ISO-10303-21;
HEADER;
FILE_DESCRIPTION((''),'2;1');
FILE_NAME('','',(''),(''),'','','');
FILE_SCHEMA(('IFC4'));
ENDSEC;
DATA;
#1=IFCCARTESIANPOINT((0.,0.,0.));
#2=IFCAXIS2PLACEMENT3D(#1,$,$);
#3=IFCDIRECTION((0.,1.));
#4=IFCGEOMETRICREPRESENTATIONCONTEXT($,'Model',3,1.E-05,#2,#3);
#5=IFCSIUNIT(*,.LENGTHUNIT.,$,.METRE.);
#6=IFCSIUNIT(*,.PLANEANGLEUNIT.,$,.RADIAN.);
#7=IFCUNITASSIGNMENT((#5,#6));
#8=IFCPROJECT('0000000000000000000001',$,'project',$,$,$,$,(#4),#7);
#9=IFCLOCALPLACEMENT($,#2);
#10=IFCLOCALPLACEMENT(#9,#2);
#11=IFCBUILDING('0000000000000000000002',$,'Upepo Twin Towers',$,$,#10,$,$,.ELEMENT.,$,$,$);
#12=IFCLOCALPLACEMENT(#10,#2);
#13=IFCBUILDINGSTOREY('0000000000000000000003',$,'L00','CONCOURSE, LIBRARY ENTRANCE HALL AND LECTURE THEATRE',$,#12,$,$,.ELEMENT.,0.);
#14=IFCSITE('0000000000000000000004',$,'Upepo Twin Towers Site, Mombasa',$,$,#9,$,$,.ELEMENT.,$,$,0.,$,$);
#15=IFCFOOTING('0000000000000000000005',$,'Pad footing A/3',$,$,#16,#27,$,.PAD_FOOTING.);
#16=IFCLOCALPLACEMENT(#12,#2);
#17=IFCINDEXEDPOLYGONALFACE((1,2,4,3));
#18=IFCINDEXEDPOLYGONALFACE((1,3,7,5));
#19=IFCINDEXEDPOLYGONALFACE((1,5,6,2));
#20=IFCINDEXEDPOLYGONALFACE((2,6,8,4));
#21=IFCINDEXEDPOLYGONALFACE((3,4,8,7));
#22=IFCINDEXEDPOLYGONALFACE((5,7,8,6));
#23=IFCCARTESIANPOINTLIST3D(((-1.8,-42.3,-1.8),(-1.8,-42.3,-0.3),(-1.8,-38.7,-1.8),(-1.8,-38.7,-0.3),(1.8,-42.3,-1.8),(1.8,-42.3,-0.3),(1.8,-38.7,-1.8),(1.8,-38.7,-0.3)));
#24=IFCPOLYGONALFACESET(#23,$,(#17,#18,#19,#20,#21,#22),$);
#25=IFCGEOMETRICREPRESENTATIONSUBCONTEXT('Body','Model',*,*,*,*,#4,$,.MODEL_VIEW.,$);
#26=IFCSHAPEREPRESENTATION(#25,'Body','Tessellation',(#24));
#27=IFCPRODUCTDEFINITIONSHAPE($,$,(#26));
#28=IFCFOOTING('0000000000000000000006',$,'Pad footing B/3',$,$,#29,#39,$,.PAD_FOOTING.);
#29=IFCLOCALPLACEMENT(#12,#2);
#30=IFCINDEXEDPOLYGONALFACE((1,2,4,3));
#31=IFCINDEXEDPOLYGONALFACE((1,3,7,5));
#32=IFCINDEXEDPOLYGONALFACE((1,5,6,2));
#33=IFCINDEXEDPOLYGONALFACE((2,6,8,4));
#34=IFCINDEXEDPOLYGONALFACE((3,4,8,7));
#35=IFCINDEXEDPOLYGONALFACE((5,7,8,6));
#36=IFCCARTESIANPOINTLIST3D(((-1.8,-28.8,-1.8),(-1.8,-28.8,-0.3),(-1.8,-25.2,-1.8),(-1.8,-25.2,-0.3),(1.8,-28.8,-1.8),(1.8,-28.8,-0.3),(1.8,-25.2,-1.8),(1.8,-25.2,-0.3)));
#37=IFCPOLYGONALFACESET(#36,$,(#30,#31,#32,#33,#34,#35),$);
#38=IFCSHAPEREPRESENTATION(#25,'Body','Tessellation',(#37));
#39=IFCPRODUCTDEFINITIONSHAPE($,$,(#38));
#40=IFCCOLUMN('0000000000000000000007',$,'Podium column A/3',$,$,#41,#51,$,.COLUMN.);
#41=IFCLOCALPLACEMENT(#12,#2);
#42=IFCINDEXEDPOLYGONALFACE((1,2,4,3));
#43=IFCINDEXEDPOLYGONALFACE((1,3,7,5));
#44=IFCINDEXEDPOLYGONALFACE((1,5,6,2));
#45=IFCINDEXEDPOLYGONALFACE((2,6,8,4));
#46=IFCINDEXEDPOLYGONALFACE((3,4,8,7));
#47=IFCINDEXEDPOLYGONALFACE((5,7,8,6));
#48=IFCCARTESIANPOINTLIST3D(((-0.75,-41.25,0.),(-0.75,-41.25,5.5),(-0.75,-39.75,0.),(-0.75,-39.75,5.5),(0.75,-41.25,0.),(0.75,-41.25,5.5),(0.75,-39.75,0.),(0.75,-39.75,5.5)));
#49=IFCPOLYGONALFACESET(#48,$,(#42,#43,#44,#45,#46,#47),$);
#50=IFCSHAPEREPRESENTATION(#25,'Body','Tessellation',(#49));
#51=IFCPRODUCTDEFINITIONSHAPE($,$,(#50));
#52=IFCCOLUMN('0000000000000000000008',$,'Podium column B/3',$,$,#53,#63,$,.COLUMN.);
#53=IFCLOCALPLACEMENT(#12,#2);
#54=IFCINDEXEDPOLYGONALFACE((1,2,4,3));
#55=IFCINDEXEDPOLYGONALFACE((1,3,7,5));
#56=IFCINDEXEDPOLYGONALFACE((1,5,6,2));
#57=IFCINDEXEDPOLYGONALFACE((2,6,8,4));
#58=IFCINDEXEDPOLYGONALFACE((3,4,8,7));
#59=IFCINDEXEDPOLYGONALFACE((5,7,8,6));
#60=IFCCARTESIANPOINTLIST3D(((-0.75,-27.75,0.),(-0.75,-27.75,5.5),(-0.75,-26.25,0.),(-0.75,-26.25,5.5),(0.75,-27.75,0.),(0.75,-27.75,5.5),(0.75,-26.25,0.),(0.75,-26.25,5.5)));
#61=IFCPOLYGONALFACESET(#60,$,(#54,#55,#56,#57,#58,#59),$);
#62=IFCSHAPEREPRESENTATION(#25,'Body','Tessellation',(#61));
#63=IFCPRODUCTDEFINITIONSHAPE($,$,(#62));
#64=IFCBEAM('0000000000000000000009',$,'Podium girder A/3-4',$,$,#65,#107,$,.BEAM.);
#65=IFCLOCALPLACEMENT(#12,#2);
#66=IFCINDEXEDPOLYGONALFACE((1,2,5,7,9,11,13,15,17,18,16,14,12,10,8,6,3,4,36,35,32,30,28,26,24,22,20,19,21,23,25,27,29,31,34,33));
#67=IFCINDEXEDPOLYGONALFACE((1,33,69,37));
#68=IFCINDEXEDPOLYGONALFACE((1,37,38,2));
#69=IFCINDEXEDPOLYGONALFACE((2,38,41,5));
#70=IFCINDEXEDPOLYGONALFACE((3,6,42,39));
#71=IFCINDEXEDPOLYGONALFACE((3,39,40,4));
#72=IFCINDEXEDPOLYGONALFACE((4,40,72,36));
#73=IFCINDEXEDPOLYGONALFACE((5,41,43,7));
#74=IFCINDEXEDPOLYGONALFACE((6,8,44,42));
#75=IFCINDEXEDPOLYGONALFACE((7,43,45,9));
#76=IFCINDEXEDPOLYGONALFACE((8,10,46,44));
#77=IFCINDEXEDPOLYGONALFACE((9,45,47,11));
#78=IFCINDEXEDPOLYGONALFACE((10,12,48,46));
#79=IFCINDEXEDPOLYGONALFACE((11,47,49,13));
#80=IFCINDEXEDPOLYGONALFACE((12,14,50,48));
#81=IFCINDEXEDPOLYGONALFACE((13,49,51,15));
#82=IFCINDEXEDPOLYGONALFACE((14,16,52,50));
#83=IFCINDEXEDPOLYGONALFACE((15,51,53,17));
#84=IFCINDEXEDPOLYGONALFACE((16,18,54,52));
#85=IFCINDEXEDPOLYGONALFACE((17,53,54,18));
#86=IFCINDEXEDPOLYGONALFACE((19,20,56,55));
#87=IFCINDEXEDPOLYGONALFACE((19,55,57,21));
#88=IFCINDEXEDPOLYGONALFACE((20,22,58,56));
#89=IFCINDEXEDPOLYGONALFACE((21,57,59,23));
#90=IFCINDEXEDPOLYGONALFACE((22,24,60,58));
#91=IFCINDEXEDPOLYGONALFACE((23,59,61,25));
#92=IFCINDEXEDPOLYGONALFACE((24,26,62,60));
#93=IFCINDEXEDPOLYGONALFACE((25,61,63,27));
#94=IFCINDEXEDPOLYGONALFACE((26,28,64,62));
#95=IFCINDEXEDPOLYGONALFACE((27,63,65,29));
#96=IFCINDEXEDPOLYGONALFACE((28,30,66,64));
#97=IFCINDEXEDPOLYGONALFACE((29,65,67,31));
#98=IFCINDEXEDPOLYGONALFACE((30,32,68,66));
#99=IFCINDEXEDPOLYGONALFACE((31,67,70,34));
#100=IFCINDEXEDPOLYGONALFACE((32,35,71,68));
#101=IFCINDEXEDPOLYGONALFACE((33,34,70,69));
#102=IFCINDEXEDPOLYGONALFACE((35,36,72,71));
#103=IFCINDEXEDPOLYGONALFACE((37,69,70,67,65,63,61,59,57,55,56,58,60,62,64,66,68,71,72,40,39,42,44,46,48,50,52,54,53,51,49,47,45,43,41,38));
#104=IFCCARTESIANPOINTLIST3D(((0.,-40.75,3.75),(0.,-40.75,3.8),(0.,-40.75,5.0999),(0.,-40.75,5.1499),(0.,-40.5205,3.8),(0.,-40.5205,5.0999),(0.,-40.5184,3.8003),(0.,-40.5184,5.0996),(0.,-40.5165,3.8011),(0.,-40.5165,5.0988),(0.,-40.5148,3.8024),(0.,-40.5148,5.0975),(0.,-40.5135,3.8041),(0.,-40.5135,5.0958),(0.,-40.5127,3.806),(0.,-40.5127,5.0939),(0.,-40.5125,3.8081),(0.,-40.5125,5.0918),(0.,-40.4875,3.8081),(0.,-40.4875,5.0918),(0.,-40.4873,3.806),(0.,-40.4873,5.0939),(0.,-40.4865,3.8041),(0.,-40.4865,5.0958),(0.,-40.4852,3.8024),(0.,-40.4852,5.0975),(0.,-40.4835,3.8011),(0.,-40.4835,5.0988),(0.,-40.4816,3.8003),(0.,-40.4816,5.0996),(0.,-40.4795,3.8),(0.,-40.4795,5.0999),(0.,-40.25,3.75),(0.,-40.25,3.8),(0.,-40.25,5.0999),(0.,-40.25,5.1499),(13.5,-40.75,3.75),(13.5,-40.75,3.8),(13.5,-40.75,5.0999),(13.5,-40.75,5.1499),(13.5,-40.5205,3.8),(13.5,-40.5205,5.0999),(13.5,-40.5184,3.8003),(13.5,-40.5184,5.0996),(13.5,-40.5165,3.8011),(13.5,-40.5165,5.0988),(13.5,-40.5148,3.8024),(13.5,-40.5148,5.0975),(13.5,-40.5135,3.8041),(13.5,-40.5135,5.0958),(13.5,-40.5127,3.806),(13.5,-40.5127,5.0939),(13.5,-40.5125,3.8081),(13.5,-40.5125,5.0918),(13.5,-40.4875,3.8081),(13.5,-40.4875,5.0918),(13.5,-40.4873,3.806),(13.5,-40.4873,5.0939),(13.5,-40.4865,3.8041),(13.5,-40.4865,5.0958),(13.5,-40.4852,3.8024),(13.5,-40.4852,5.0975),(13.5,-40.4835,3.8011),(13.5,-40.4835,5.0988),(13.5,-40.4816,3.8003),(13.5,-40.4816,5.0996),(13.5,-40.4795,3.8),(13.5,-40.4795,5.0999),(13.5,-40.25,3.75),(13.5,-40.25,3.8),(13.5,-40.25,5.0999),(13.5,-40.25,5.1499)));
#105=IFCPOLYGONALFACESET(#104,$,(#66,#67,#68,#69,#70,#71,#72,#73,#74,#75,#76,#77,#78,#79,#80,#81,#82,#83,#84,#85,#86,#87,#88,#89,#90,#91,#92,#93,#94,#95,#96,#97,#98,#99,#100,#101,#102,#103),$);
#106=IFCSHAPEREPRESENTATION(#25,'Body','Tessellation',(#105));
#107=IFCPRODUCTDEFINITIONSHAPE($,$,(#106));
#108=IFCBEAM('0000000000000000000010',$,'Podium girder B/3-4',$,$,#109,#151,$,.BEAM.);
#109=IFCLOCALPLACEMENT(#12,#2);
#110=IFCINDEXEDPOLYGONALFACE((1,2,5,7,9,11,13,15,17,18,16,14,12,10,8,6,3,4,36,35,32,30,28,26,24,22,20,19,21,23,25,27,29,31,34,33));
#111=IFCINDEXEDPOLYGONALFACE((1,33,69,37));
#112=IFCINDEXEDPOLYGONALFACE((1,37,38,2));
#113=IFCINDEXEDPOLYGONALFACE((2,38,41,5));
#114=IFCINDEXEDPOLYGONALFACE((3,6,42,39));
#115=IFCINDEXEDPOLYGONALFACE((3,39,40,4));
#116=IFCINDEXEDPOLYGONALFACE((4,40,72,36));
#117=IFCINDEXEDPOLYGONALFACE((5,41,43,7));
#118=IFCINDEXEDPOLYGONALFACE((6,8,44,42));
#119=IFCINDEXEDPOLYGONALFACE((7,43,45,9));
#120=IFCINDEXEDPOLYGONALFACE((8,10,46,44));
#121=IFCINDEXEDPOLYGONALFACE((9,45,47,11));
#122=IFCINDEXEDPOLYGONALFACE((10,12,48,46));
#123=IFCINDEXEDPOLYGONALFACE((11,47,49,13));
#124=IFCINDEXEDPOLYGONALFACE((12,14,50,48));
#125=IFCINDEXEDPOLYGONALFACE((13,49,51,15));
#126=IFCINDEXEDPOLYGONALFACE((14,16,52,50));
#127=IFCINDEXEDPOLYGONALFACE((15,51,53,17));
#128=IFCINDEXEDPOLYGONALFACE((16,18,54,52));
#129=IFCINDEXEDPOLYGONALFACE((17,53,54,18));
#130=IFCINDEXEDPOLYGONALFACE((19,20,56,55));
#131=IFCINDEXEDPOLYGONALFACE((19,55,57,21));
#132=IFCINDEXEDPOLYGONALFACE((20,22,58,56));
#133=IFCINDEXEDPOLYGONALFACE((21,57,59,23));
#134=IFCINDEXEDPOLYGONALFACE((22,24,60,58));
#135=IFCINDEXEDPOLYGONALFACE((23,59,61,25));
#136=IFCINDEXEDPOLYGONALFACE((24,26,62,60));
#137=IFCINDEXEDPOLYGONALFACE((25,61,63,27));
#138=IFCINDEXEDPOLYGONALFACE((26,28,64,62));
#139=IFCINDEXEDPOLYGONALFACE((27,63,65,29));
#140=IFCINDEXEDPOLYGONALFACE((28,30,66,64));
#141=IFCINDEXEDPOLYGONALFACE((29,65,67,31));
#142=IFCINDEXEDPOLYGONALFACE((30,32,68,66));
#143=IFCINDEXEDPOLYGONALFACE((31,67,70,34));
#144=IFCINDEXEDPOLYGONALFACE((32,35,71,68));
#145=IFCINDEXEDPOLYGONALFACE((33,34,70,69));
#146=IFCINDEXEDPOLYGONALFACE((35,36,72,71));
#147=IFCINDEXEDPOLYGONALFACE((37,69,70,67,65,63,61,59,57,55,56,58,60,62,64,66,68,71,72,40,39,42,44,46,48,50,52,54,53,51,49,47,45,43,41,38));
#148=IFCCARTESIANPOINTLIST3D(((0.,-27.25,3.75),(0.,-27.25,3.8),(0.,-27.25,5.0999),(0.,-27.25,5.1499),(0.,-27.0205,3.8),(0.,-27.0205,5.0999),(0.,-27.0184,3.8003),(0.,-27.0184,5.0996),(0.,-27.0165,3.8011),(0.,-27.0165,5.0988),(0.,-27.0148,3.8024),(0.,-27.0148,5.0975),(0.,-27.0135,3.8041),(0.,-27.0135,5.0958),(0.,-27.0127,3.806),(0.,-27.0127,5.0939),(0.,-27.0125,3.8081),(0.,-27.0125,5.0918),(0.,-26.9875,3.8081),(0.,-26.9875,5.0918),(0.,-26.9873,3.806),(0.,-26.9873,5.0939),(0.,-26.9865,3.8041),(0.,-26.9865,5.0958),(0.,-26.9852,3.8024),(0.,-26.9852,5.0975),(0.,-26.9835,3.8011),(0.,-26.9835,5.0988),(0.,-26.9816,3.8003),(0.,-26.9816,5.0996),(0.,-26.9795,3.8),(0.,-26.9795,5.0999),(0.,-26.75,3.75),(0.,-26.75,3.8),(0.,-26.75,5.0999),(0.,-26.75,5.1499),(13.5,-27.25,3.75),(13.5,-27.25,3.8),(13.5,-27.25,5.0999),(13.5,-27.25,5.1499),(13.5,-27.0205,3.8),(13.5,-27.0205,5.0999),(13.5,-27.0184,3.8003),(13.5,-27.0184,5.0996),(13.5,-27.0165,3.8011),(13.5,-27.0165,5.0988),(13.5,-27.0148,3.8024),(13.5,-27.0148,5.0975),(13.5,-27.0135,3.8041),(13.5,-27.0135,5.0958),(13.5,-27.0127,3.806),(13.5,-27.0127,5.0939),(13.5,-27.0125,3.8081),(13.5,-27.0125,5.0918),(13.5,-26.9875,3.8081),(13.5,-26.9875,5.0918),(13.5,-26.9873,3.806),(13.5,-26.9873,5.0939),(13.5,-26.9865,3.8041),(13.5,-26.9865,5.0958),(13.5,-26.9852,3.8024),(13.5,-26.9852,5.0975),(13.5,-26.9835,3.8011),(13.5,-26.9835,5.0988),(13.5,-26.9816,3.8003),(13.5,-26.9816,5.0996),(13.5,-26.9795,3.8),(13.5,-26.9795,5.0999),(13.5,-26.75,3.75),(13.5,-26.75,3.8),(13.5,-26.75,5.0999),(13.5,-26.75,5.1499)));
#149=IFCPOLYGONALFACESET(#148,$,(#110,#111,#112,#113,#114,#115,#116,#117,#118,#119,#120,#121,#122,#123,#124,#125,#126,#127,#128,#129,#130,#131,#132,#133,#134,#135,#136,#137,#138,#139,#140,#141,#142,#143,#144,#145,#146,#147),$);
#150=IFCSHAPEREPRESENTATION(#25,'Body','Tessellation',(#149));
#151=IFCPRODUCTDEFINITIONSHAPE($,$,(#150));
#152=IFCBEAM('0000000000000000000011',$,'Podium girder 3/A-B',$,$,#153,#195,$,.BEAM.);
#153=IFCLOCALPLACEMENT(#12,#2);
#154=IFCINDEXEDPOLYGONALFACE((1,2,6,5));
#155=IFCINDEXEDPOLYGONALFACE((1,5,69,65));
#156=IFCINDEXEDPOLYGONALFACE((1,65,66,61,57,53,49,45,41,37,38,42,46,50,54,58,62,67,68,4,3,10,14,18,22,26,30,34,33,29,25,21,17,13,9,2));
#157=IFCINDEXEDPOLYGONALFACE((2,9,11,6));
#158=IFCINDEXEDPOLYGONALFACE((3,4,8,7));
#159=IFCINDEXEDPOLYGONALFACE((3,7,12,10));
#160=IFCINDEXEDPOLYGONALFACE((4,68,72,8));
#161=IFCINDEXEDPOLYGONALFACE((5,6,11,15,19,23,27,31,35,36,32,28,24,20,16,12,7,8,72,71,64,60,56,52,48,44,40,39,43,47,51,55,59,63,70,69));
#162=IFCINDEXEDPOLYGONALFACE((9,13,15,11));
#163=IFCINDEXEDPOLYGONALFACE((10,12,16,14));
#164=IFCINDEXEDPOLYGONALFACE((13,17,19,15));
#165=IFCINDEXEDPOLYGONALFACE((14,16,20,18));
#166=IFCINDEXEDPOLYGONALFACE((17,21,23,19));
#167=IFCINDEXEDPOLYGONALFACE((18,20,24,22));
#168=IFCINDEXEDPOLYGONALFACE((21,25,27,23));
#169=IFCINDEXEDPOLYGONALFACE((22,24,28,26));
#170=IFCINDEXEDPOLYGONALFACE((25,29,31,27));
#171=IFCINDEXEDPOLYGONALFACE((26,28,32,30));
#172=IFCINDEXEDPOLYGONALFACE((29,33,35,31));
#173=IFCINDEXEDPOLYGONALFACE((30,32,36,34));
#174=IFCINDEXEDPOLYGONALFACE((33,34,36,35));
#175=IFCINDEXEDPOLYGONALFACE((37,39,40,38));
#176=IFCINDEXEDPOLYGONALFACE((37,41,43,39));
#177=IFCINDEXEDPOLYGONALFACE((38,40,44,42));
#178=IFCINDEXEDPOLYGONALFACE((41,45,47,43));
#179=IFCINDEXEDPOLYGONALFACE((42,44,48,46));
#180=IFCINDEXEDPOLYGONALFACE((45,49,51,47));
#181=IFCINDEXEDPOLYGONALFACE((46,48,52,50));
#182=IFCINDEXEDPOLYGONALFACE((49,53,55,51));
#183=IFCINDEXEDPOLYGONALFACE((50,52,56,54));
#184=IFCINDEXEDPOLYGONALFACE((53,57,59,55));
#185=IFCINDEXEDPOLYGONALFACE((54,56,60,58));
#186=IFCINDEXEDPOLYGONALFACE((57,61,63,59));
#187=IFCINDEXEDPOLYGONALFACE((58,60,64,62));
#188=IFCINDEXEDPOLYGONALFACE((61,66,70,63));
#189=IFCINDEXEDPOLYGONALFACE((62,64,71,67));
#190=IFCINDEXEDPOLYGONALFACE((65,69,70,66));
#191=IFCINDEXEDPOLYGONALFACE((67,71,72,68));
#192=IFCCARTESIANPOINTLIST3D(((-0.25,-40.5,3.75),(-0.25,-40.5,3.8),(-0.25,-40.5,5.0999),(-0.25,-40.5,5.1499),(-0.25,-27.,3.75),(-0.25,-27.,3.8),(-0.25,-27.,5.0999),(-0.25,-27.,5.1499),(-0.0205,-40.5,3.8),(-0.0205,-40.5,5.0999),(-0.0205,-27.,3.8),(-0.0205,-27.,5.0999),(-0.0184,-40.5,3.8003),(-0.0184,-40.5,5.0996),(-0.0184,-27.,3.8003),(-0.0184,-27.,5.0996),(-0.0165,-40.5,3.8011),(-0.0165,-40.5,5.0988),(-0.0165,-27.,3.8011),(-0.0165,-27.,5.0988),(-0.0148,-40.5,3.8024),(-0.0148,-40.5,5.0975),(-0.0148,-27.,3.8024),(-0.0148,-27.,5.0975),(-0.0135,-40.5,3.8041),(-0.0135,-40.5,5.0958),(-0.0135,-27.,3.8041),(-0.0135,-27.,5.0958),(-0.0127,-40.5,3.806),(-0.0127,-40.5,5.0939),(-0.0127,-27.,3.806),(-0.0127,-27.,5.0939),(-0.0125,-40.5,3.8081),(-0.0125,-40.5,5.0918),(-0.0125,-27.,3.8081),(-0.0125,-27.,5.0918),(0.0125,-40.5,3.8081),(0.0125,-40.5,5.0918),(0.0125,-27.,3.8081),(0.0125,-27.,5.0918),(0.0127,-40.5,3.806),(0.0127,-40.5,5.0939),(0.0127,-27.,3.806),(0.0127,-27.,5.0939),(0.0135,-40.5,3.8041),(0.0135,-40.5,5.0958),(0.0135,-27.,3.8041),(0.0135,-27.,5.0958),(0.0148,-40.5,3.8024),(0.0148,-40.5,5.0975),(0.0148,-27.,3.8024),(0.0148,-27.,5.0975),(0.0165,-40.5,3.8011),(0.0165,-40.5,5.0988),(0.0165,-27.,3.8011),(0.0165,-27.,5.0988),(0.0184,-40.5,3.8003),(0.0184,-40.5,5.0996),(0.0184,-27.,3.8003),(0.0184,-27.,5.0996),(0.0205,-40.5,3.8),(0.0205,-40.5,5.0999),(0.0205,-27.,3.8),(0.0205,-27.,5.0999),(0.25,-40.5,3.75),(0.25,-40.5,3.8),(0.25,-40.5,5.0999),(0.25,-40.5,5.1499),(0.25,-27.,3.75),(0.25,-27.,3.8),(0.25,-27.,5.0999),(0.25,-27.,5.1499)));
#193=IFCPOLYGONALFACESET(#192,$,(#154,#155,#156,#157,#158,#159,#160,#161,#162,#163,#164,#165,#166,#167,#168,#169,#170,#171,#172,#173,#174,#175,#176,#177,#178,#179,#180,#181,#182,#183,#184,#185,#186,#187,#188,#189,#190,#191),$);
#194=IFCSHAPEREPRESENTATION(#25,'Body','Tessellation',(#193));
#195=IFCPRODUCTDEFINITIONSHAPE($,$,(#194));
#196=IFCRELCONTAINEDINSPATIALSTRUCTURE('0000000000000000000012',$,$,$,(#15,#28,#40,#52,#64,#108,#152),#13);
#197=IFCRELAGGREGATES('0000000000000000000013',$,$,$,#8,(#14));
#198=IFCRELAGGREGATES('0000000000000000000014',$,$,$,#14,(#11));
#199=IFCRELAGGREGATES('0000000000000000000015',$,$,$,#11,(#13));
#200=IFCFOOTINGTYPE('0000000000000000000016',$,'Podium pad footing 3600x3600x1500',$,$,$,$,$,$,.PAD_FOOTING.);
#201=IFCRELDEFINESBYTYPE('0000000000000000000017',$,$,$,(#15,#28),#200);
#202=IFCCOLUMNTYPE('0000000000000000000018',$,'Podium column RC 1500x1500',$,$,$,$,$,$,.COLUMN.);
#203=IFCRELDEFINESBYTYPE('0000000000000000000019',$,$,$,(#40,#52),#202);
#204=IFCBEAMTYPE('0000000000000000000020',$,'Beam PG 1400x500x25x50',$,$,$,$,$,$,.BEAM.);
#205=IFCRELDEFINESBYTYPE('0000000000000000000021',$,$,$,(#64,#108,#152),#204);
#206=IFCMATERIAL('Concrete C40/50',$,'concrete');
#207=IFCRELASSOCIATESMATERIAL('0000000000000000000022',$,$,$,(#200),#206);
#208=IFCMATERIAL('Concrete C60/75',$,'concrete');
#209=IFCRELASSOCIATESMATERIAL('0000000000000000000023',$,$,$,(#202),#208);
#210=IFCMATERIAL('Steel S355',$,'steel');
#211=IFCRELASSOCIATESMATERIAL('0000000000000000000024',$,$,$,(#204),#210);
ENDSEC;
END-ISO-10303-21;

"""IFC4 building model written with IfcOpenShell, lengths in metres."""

from ifc_helpers import new_model, si_unit, direction, frame, origin, origin_2d, place, context, subcontext, project, spatial, rectangle, i_section, extrude, material, material_profile, profile_set, type_object, element, save


model = new_model("IFC4")

# Units and contexts
model_context = context("Model", 3, precision=1e-05, world=origin(), true_north=direction((0.0, 1.0)))
body_context = subcontext(model_context, "Body", "Model", "MODEL_VIEW")
ifc_project = project(units=[si_unit("LENGTHUNIT", "METRE"), si_unit("PLANEANGLEUNIT", "RADIAN")], contexts=[model_context])

# Site, building, storey
site_placement = place(None, origin())
site = spatial("IfcSite", under=ifc_project, at=site_placement, Name="Upepo Twin Towers Site, Mombasa", CompositionType="ELEMENT", RefElevation=0.0)
building_placement = place(site_placement, origin())
building = spatial("IfcBuilding", under=site, at=building_placement, Name="Upepo Twin Towers", CompositionType="ELEMENT")
storey_placement = place(building_placement, origin())
storey = spatial("IfcBuildingStorey", under=building, at=storey_placement, Name="L00", Description="CONCOURSE, LIBRARY ENTRANCE HALL AND LECTURE THEATRE", CompositionType="ELEMENT", Elevation=0.0)

# Footings
ifc_material_1 = material(Name="Concrete C40/50", Category="concrete")
footing_type = type_object("IfcFootingType", Name="Podium pad footing 3600x3600x1500", PredefinedType="PAD_FOOTING", material=ifc_material_1)
for number, where, z_axis, x_axis, name in (
    (1, (0.0, -40.5, -1.8), (0.0, 0.0, 1.0), (1.0, 0.0, 0.0), "Pad footing A/3"),
    (2, (0.0, -27.0, -1.8), (0.0, 0.0, 1.0), (1.0, 0.0, 0.0), "Pad footing B/3"),
):
    element("IfcFooting", number, at=place(storey_placement, frame(where, z_axis=z_axis, x_axis=x_axis)), inside=storey, type_object=footing_type, Name=name, PredefinedType="PAD_FOOTING", context=body_context, shape_type="SweptSolid", body=[
        extrude(rectangle(XDim=3.6001, YDim=3.6001, at=origin_2d()), origin(), (0.0, 0.0, 1.0), 1.5),
    ])

# Columns
ifc_material_2 = material(Name="Concrete C60/75", Category="concrete")
ifc_material_profile_1 = material_profile(ifc_material_2, rectangle(XDim=1.5, YDim=1.5, at=origin_2d()), Name="RC 1500x1500")
ifc_profile_set_1 = profile_set([ifc_material_profile_1], Name="Concrete C60/75")
column_type = type_object("IfcColumnType", Name="Podium column RC 1500x1500", PredefinedType="COLUMN", material=ifc_profile_set_1)
for number, where, z_axis, x_axis, name in (
    (3, (0.0, -40.5, 0.0), (0.0, 0.0, 1.0), (1.0, 0.0, 0.0), "Podium column A/3"),
    (4, (0.0, -27.0, 0.0), (0.0, 0.0, 1.0), (1.0, 0.0, 0.0), "Podium column B/3"),
):
    element("IfcColumn", number, at=place(storey_placement, frame(where, z_axis=z_axis, x_axis=x_axis)), inside=storey, type_object=column_type, Name=name, PredefinedType="COLUMN", context=body_context, shape_type="SweptSolid", body=[
        extrude(rectangle(XDim=1.5, YDim=1.5, at=origin_2d()), origin(), (0.0, 0.0, 1.0), 5.5),
    ])

# Beams
ifc_material_3 = material(Name="Steel S355", Category="steel")
ifc_material_profile_2 = material_profile(ifc_material_3, i_section(OverallWidth=0.5, OverallDepth=1.3999, WebThickness=0.0249, FlangeThickness=0.05, FilletRadius=0.0081, at=origin_2d()), Name="PG 1400x500x25x50")
ifc_profile_set_2 = profile_set([ifc_material_profile_2], Name="Steel S355")
beam_type_1 = type_object("IfcBeamType", Name="Beam PG 1400x500x25x50", PredefinedType="BEAM", material=ifc_profile_set_2)
for number, where, z_axis, x_axis, name in (
    (5, (0.0, -40.5, 4.45), (1.0, 0.0, 0.0), (0.0, 1.0, 0.0), "Podium girder A/3-4"),
    (6, (0.0, -27.0, 4.45), (1.0, 0.0, 0.0), (0.0, 1.0, 0.0), "Podium girder B/3-4"),
    (7, (0.0, -40.5, 4.45), (0.0, 1.0, 0.0), (-1.0, 0.0, 0.0), "Podium girder 3/A-B"),
):
    element("IfcBeam", number, at=place(storey_placement, frame(where, z_axis=z_axis, x_axis=x_axis)), inside=storey, type_object=beam_type_1, Name=name, PredefinedType="BEAM", context=body_context, shape_type="SweptSolid", body=[
        extrude(i_section(OverallWidth=0.5, OverallDepth=1.3999, WebThickness=0.0249, FlangeThickness=0.05, FilletRadius=0.0081, at=origin_2d()), origin(), (0.0, 0.0, 1.0), 13.5),
    ])

save(model, "model.ifc")
